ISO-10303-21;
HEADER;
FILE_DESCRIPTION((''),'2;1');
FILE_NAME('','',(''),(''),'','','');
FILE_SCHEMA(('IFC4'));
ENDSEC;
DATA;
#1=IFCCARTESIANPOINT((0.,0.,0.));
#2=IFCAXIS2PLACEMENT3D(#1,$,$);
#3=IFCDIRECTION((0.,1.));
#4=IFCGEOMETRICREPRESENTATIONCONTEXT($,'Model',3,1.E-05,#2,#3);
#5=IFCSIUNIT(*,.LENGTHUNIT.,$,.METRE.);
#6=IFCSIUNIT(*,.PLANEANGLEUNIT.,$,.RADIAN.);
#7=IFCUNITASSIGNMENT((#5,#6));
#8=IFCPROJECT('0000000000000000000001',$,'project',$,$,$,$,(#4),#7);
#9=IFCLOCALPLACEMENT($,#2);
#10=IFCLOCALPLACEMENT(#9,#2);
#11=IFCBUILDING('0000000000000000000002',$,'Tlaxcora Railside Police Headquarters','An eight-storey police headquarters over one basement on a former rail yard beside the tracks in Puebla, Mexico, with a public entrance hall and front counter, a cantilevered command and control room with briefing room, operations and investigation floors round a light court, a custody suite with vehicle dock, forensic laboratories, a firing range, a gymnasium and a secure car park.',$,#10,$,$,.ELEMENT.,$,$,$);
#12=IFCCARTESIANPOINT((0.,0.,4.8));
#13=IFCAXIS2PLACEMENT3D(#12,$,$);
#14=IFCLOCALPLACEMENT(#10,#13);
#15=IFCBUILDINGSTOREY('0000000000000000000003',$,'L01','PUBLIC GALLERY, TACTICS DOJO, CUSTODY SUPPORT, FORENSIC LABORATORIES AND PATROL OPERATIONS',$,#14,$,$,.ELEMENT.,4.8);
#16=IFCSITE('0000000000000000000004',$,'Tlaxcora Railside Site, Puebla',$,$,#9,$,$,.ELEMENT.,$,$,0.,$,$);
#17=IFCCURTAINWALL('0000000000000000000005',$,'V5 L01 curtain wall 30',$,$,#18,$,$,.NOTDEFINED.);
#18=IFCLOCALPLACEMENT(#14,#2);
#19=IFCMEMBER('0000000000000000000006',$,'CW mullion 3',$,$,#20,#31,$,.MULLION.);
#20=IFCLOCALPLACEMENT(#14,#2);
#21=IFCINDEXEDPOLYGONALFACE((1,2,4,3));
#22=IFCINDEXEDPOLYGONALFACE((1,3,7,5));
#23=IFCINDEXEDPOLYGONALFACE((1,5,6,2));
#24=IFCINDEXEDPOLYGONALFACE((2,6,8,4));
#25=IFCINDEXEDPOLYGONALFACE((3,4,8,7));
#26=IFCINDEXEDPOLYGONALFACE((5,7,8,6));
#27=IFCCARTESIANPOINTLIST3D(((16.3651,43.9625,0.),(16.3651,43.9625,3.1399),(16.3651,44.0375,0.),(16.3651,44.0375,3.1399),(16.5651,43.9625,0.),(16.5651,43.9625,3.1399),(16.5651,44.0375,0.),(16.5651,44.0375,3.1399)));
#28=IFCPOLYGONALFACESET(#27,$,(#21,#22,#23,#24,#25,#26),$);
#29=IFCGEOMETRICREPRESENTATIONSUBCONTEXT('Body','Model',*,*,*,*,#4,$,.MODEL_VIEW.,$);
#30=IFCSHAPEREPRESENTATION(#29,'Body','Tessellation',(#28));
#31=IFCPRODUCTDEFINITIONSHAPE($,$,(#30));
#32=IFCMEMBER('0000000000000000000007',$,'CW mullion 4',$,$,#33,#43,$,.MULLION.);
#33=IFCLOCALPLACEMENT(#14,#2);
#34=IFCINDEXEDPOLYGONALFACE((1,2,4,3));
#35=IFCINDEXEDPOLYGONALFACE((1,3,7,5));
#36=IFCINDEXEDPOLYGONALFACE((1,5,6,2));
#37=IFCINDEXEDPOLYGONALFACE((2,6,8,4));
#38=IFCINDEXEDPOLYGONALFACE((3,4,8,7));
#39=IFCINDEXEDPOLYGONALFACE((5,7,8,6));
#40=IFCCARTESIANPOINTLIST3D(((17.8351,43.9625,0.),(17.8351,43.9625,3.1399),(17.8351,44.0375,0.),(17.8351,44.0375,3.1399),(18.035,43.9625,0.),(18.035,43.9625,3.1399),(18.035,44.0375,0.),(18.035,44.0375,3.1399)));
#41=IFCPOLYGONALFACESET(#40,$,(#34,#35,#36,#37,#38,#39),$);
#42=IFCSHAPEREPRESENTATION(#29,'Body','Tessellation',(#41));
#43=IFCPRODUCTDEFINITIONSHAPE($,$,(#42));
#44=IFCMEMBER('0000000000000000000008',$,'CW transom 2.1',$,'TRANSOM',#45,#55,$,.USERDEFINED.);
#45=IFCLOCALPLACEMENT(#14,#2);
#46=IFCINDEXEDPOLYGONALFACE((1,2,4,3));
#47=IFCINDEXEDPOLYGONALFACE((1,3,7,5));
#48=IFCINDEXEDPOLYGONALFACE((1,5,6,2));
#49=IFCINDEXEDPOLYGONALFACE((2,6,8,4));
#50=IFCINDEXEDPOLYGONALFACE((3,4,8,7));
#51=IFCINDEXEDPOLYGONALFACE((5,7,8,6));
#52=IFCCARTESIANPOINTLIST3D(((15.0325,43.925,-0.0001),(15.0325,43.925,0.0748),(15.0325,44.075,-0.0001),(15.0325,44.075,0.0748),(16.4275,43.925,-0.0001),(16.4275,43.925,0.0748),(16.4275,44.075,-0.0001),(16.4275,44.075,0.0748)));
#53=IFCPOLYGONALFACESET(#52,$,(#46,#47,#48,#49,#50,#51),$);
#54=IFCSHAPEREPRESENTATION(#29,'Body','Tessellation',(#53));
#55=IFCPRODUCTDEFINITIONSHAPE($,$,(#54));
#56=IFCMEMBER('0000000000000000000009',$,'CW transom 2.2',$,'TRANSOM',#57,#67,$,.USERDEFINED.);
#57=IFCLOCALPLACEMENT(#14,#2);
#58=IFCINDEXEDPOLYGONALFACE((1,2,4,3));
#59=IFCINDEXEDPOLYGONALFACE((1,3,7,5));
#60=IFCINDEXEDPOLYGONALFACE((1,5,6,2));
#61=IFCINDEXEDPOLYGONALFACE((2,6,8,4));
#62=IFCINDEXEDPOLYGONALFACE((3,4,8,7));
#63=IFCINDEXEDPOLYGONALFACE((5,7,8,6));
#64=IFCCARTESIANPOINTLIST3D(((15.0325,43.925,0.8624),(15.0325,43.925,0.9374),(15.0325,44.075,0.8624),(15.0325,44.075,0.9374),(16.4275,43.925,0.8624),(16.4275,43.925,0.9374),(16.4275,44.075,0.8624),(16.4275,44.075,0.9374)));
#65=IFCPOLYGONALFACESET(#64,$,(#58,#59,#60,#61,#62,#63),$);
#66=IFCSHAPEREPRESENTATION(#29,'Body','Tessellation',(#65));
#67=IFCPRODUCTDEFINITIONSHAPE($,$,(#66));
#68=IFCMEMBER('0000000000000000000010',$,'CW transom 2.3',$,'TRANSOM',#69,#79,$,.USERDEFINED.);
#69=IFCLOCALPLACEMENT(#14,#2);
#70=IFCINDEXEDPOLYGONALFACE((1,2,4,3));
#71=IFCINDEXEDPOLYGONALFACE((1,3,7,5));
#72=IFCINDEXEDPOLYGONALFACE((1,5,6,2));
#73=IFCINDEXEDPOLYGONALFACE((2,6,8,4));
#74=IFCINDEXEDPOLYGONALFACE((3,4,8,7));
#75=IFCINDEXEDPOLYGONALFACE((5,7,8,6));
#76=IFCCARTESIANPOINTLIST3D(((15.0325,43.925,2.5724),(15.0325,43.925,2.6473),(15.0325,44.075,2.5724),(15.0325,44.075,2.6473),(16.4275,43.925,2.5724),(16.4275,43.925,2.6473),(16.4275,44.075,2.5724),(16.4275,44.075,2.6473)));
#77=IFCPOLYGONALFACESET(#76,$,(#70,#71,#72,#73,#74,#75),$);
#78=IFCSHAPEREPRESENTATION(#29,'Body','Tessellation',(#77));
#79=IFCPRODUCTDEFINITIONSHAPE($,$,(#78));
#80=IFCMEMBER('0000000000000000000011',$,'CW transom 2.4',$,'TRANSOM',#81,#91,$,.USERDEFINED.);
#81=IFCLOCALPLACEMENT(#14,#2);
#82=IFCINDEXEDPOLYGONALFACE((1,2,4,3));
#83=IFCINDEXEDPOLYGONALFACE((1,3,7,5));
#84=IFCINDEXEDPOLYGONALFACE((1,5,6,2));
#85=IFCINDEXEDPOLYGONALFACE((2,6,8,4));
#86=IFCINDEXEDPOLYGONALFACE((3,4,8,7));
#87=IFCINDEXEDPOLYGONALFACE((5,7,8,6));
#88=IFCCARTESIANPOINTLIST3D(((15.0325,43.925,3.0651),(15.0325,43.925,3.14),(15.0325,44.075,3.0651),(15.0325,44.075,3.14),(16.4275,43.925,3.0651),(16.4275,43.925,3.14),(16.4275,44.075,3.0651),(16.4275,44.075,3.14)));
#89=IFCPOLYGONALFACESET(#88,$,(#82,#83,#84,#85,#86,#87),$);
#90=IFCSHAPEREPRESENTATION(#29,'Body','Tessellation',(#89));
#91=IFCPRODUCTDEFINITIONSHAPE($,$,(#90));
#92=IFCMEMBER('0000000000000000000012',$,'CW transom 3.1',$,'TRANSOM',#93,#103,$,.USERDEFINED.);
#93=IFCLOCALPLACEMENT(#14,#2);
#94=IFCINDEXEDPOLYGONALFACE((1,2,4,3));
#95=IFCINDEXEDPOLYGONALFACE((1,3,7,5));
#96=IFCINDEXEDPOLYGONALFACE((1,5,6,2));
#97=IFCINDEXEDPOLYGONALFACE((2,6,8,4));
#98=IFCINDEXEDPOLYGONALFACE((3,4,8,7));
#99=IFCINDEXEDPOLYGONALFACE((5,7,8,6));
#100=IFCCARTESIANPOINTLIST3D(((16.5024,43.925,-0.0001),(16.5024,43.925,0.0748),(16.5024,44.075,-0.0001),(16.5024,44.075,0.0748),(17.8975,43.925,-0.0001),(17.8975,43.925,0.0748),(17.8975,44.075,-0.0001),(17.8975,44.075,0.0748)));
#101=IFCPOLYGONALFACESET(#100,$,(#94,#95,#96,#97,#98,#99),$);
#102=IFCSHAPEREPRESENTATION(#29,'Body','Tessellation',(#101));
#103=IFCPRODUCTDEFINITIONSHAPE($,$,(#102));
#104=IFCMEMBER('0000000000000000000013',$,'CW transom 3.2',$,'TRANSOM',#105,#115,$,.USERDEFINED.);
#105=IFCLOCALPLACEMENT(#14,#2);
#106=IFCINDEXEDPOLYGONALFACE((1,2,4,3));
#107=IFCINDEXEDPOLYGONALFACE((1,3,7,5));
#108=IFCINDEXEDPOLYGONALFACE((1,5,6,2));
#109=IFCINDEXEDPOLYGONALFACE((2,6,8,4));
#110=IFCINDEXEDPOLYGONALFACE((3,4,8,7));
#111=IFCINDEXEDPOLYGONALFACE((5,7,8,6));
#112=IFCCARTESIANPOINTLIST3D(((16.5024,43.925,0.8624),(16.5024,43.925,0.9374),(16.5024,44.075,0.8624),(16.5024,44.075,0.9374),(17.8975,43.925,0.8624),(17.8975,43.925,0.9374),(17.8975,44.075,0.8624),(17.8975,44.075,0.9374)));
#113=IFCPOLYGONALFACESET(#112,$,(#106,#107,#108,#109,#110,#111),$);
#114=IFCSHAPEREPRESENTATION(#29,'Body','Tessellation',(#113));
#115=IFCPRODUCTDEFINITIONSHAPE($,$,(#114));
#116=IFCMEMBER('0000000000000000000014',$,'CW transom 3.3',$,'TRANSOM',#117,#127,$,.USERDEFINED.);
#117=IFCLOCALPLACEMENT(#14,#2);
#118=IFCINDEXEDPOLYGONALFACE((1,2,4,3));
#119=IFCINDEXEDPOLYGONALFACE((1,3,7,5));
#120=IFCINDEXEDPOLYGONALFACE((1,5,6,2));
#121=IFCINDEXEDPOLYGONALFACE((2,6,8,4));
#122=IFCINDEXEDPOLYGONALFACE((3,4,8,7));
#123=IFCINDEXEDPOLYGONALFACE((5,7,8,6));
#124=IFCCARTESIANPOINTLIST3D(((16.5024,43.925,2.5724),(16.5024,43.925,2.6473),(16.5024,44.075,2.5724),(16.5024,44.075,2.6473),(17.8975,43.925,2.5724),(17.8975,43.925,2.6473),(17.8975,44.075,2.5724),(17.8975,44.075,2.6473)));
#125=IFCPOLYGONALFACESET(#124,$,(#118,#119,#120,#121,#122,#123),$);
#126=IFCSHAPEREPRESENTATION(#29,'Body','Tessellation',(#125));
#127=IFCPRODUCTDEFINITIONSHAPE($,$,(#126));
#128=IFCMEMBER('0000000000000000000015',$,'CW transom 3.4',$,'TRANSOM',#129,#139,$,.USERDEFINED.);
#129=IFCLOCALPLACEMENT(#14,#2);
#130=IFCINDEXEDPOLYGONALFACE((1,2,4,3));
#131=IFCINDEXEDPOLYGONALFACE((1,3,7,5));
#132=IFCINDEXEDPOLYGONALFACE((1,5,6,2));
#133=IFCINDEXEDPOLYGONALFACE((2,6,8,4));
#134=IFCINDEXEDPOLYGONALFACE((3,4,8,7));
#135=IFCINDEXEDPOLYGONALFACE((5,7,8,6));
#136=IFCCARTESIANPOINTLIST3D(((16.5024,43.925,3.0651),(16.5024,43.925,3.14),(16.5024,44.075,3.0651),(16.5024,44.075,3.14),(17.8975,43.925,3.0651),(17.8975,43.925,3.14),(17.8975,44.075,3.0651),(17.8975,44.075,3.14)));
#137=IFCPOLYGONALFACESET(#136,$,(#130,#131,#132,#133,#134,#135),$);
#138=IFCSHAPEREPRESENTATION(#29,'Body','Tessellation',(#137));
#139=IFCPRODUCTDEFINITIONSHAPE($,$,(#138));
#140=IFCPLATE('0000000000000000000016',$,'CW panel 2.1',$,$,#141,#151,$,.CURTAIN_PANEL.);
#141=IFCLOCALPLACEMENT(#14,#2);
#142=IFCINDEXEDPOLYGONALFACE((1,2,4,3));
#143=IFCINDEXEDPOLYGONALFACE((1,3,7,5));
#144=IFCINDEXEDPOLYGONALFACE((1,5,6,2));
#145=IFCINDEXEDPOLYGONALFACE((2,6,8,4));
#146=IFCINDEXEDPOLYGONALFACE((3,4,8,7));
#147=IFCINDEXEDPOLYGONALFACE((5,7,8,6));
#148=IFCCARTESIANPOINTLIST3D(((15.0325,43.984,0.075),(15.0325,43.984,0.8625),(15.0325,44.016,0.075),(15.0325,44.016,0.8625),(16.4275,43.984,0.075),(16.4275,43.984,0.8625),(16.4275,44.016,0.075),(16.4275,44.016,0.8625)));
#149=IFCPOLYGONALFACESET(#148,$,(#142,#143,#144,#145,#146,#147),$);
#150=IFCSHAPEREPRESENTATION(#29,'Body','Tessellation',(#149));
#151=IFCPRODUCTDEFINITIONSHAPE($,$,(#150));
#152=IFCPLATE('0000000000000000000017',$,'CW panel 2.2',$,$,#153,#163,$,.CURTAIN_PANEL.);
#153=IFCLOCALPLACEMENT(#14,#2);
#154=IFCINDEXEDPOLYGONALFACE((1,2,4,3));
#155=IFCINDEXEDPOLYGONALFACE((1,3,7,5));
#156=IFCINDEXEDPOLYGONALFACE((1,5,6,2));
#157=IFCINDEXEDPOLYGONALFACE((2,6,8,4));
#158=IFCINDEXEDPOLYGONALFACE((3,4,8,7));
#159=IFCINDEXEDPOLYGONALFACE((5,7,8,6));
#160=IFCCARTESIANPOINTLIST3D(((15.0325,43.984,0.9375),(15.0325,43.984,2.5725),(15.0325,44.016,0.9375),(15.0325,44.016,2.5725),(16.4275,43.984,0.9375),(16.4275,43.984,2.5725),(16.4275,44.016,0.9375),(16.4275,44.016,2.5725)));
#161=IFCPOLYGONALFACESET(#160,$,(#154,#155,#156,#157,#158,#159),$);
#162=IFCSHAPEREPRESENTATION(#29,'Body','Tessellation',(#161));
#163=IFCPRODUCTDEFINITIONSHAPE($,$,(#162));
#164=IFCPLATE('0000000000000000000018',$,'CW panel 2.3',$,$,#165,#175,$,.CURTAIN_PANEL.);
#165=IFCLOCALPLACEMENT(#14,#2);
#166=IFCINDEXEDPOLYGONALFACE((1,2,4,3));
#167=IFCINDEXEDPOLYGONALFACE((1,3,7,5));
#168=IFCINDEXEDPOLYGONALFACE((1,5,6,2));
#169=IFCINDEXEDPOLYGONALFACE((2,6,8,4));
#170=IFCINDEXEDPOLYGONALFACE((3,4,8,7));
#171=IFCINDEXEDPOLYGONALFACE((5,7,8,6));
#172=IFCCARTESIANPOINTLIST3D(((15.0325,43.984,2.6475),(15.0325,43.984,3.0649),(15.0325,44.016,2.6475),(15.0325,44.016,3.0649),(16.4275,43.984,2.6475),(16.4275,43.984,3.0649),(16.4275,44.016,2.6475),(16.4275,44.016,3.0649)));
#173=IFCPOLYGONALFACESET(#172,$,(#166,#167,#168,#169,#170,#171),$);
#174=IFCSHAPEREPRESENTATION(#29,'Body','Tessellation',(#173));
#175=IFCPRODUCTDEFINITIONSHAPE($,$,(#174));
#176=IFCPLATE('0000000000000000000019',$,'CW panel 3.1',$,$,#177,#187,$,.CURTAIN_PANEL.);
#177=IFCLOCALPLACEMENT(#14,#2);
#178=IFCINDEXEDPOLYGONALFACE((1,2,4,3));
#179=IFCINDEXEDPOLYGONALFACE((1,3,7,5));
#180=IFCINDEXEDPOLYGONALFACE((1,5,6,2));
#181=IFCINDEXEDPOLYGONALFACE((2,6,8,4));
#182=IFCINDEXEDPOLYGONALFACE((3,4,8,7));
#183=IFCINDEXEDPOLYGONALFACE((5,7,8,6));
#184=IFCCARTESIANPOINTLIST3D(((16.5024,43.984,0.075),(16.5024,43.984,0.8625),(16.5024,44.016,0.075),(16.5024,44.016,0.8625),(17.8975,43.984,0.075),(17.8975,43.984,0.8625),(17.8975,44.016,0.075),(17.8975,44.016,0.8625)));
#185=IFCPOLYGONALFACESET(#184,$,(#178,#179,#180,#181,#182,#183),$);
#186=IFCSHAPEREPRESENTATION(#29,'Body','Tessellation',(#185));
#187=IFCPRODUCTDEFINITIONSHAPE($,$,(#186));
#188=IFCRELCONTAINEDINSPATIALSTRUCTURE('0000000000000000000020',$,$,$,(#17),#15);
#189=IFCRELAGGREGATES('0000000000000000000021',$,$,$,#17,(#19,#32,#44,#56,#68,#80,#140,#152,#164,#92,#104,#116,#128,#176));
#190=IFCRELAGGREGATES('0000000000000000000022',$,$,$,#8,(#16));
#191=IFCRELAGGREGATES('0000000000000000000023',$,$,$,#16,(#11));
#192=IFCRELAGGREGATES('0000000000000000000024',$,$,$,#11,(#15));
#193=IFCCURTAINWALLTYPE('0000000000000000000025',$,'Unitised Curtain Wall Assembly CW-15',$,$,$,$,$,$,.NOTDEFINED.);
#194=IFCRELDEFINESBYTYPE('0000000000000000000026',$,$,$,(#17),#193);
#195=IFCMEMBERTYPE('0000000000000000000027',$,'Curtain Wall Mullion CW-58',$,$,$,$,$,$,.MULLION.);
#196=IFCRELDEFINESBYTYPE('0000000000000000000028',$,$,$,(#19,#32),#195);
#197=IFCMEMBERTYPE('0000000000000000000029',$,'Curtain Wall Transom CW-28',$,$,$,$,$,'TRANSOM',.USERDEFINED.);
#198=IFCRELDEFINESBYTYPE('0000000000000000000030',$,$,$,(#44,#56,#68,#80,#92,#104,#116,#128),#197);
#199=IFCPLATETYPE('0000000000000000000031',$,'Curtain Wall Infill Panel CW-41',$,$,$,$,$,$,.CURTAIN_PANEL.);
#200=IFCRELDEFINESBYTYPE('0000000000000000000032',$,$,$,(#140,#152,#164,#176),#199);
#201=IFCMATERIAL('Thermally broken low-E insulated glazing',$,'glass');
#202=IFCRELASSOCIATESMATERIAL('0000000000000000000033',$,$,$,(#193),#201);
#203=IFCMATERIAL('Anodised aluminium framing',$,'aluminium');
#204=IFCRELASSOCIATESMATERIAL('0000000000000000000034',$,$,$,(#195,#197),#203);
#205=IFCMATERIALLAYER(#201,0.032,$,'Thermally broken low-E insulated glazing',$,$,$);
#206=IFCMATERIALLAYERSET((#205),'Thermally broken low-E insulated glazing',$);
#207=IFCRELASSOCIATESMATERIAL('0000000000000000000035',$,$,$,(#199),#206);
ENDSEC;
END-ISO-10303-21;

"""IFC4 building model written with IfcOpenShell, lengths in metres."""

from ifc_helpers import new_model, si_unit, direction, frame, origin, origin_2d, place, context, subcontext, project, spatial, rectangle, extrude, material, layer, layer_set, material_profile, profile_set, type_object, element, aggregate, save


model = new_model("IFC4")

# Units and contexts
model_context = context("Model", 3, precision=1e-05, world=origin(), true_north=direction((0.0, 1.0)))
body_context = subcontext(model_context, "Body", "Model", "MODEL_VIEW")
ifc_project = project(units=[si_unit("LENGTHUNIT", "METRE"), si_unit("PLANEANGLEUNIT", "RADIAN")], contexts=[model_context])

# Site, building, storey
site_placement = place(None, origin())
site = spatial("IfcSite", under=ifc_project, at=site_placement, Name="Tlaxcora Railside Site, Puebla", CompositionType="ELEMENT", RefElevation=0.0)
building_placement = place(site_placement, origin())
building = spatial("IfcBuilding", under=site, at=building_placement, Name="Tlaxcora Railside Police Headquarters", Description="An eight-storey police headquarters over one basement on a former rail yard beside the tracks in Puebla, Mexico, with a public entrance hall and front counter, a cantilevered command and control room with briefing room, operations and investigation floors round a light court, a custody suite with vehicle dock, forensic laboratories, a firing range, a gymnasium and a secure car park.", CompositionType="ELEMENT")
storey_placement = place(building_placement, frame((0.0, 0.0, 4.8)))
storey = spatial("IfcBuildingStorey", under=building, at=storey_placement, Name="L01", Description="PUBLIC GALLERY, TACTICS DOJO, CUSTODY SUPPORT, FORENSIC LABORATORIES AND PATROL OPERATIONS", CompositionType="ELEMENT", Elevation=4.8)

# Curtain wall, members, plates
ifc_material_1 = material(Name="Thermally broken low-E insulated glazing", Category="glass")
curtain_wall_type = type_object("IfcCurtainWallType", Name="Unitised Curtain Wall Assembly CW-15", PredefinedType="NOTDEFINED", material=ifc_material_1)
curtain_wall_placement = place(storey_placement, origin())
curtain_wall = element("IfcCurtainWall", 1, at=curtain_wall_placement, inside=storey, type_object=curtain_wall_type, Name="V5 L01 curtain wall 30", PredefinedType="NOTDEFINED")
ifc_material_2 = material(Name="Anodised aluminium framing", Category="aluminium")
ifc_material_profile_1 = material_profile(ifc_material_2, rectangle(XDim=0.075, YDim=0.2, at=origin_2d()), Name="AL75X200")
ifc_profile_set_1 = profile_set([ifc_material_profile_1], Name="Anodised aluminium framing")
member_type_1 = type_object("IfcMemberType", Name="Curtain Wall Mullion CW-58", PredefinedType="MULLION", material=ifc_profile_set_1)
member_1_placement = place(storey_placement, frame((16.4651, 44.0, 0.0), z_axis=(0.0, 0.0, 1.0), x_axis=(0.0, 1.0, 0.0)))
member_1 = element("IfcMember", 2, at=member_1_placement, type_object=member_type_1, Name="CW mullion 3", PredefinedType="MULLION", context=body_context, shape_type="SweptSolid", body=[
    extrude(rectangle(XDim=0.075, YDim=0.2, at=origin_2d()), origin(), (0.0, 0.0, 1.0), 3.1399),
])
member_2_placement = place(storey_placement, frame((17.9351, 44.0, 0.0), z_axis=(0.0, 0.0, 1.0), x_axis=(0.0, 1.0, 0.0)))
member_2 = element("IfcMember", 3, at=member_2_placement, type_object=member_type_1, Name="CW mullion 4", PredefinedType="MULLION", context=body_context, shape_type="SweptSolid", body=[
    extrude(rectangle(XDim=0.075, YDim=0.2, at=origin_2d()), origin(), (0.0, 0.0, 1.0), 3.1399),
])
ifc_material_profile_2 = material_profile(ifc_material_2, rectangle(XDim=0.1499, YDim=0.075, at=origin_2d()), Name="AL75X150")
ifc_profile_set_2 = profile_set([ifc_material_profile_2], Name="Anodised aluminium framing")
member_type_2 = type_object("IfcMemberType", Name="Curtain Wall Transom CW-28", ElementType="TRANSOM", PredefinedType="USERDEFINED", material=ifc_profile_set_2)
member_3_placement = place(storey_placement, frame((15.0325, 44.0, 0.0374), z_axis=(1.0, 0.0, 0.0), x_axis=(0.0, 1.0, 0.0)))
member_3 = element("IfcMember", 4, at=member_3_placement, type_object=member_type_2, Name="CW transom 2.1", ObjectType="TRANSOM", PredefinedType="USERDEFINED", context=body_context, shape_type="SweptSolid", body=[
    extrude(rectangle(XDim=0.1499, YDim=0.075, at=origin_2d()), origin(), (0.0, 0.0, 1.0), 1.395),
])
member_4_placement = place(storey_placement, frame((15.0325, 44.0, 0.8999), z_axis=(1.0, 0.0, 0.0), x_axis=(0.0, 1.0, 0.0)))
member_4 = element("IfcMember", 5, at=member_4_placement, type_object=member_type_2, Name="CW transom 2.2", ObjectType="TRANSOM", PredefinedType="USERDEFINED", context=body_context, shape_type="SweptSolid", body=[
    extrude(rectangle(XDim=0.1499, YDim=0.075, at=origin_2d()), origin(), (0.0, 0.0, 1.0), 1.395),
])
member_5_placement = place(storey_placement, frame((15.0325, 44.0, 2.6099), z_axis=(1.0, 0.0, 0.0), x_axis=(0.0, 1.0, 0.0)))
member_5 = element("IfcMember", 6, at=member_5_placement, type_object=member_type_2, Name="CW transom 2.3", ObjectType="TRANSOM", PredefinedType="USERDEFINED", context=body_context, shape_type="SweptSolid", body=[
    extrude(rectangle(XDim=0.1499, YDim=0.075, at=origin_2d()), origin(), (0.0, 0.0, 1.0), 1.395),
])
member_6_placement = place(storey_placement, frame((15.0325, 44.0, 3.1025), z_axis=(1.0, 0.0, 0.0), x_axis=(0.0, 1.0, 0.0)))
member_6 = element("IfcMember", 7, at=member_6_placement, type_object=member_type_2, Name="CW transom 2.4", ObjectType="TRANSOM", PredefinedType="USERDEFINED", context=body_context, shape_type="SweptSolid", body=[
    extrude(rectangle(XDim=0.1499, YDim=0.075, at=origin_2d()), origin(), (0.0, 0.0, 1.0), 1.395),
])
member_7_placement = place(storey_placement, frame((16.5024, 44.0, 0.0374), z_axis=(1.0, 0.0, 0.0), x_axis=(0.0, 1.0, 0.0)))
member_7 = element("IfcMember", 8, at=member_7_placement, type_object=member_type_2, Name="CW transom 3.1", ObjectType="TRANSOM", PredefinedType="USERDEFINED", context=body_context, shape_type="SweptSolid", body=[
    extrude(rectangle(XDim=0.1499, YDim=0.075, at=origin_2d()), origin(), (0.0, 0.0, 1.0), 1.395),
])
member_8_placement = place(storey_placement, frame((16.5024, 44.0, 0.8999), z_axis=(1.0, 0.0, 0.0), x_axis=(0.0, 1.0, 0.0)))
member_8 = element("IfcMember", 9, at=member_8_placement, type_object=member_type_2, Name="CW transom 3.2", ObjectType="TRANSOM", PredefinedType="USERDEFINED", context=body_context, shape_type="SweptSolid", body=[
    extrude(rectangle(XDim=0.1499, YDim=0.075, at=origin_2d()), origin(), (0.0, 0.0, 1.0), 1.395),
])
member_9_placement = place(storey_placement, frame((16.5024, 44.0, 2.6099), z_axis=(1.0, 0.0, 0.0), x_axis=(0.0, 1.0, 0.0)))
member_9 = element("IfcMember", 10, at=member_9_placement, type_object=member_type_2, Name="CW transom 3.3", ObjectType="TRANSOM", PredefinedType="USERDEFINED", context=body_context, shape_type="SweptSolid", body=[
    extrude(rectangle(XDim=0.1499, YDim=0.075, at=origin_2d()), origin(), (0.0, 0.0, 1.0), 1.395),
])
member_10_placement = place(storey_placement, frame((16.5024, 44.0, 3.1025), z_axis=(1.0, 0.0, 0.0), x_axis=(0.0, 1.0, 0.0)))
member_10 = element("IfcMember", 11, at=member_10_placement, type_object=member_type_2, Name="CW transom 3.4", ObjectType="TRANSOM", PredefinedType="USERDEFINED", context=body_context, shape_type="SweptSolid", body=[
    extrude(rectangle(XDim=0.1499, YDim=0.075, at=origin_2d()), origin(), (0.0, 0.0, 1.0), 1.395),
])
ifc_layer_1 = layer(ifc_material_1, 0.032, Name="Thermally broken low-E insulated glazing")
ifc_layer_set_1 = layer_set([ifc_layer_1], Name="Thermally broken low-E insulated glazing")
plate_type = type_object("IfcPlateType", Name="Curtain Wall Infill Panel CW-41", PredefinedType="CURTAIN_PANEL", material=ifc_layer_set_1)
plate_1_placement = place(storey_placement, frame((15.73, 44.0, 0.075), z_axis=(0.0, 0.0, 1.0), x_axis=(1.0, 0.0, 0.0)))
plate_1 = element("IfcPlate", 12, at=plate_1_placement, type_object=plate_type, Name="CW panel 2.1", PredefinedType="CURTAIN_PANEL", context=body_context, shape_type="SweptSolid", body=[
    extrude(rectangle(XDim=1.395, YDim=0.032, at=origin_2d()), origin(), (0.0, 0.0, 1.0), 0.7876),
])
plate_2_placement = place(storey_placement, frame((15.73, 44.0, 0.9375), z_axis=(0.0, 0.0, 1.0), x_axis=(1.0, 0.0, 0.0)))
plate_2 = element("IfcPlate", 13, at=plate_2_placement, type_object=plate_type, Name="CW panel 2.2", PredefinedType="CURTAIN_PANEL", context=body_context, shape_type="SweptSolid", body=[
    extrude(rectangle(XDim=1.395, YDim=0.032, at=origin_2d()), origin(), (0.0, 0.0, 1.0), 1.635),
])
plate_3_placement = place(storey_placement, frame((15.73, 44.0, 2.6475), z_axis=(0.0, 0.0, 1.0), x_axis=(1.0, 0.0, 0.0)))
plate_3 = element("IfcPlate", 14, at=plate_3_placement, type_object=plate_type, Name="CW panel 2.3", PredefinedType="CURTAIN_PANEL", context=body_context, shape_type="SweptSolid", body=[
    extrude(rectangle(XDim=1.395, YDim=0.032, at=origin_2d()), origin(), (0.0, 0.0, 1.0), 0.4175),
])
plate_4_placement = place(storey_placement, frame((17.2, 44.0, 0.075), z_axis=(0.0, 0.0, 1.0), x_axis=(1.0, 0.0, 0.0)))
plate_4 = element("IfcPlate", 15, at=plate_4_placement, type_object=plate_type, Name="CW panel 3.1", PredefinedType="CURTAIN_PANEL", context=body_context, shape_type="SweptSolid", body=[
    extrude(rectangle(XDim=1.395, YDim=0.032, at=origin_2d()), origin(), (0.0, 0.0, 1.0), 0.7876),
])
aggregate(curtain_wall, [member_1, member_2, member_3, member_4, member_5, member_6, plate_1, plate_2, plate_3, member_7, member_8, member_9, member_10, plate_4])

save(model, "model.ifc")
